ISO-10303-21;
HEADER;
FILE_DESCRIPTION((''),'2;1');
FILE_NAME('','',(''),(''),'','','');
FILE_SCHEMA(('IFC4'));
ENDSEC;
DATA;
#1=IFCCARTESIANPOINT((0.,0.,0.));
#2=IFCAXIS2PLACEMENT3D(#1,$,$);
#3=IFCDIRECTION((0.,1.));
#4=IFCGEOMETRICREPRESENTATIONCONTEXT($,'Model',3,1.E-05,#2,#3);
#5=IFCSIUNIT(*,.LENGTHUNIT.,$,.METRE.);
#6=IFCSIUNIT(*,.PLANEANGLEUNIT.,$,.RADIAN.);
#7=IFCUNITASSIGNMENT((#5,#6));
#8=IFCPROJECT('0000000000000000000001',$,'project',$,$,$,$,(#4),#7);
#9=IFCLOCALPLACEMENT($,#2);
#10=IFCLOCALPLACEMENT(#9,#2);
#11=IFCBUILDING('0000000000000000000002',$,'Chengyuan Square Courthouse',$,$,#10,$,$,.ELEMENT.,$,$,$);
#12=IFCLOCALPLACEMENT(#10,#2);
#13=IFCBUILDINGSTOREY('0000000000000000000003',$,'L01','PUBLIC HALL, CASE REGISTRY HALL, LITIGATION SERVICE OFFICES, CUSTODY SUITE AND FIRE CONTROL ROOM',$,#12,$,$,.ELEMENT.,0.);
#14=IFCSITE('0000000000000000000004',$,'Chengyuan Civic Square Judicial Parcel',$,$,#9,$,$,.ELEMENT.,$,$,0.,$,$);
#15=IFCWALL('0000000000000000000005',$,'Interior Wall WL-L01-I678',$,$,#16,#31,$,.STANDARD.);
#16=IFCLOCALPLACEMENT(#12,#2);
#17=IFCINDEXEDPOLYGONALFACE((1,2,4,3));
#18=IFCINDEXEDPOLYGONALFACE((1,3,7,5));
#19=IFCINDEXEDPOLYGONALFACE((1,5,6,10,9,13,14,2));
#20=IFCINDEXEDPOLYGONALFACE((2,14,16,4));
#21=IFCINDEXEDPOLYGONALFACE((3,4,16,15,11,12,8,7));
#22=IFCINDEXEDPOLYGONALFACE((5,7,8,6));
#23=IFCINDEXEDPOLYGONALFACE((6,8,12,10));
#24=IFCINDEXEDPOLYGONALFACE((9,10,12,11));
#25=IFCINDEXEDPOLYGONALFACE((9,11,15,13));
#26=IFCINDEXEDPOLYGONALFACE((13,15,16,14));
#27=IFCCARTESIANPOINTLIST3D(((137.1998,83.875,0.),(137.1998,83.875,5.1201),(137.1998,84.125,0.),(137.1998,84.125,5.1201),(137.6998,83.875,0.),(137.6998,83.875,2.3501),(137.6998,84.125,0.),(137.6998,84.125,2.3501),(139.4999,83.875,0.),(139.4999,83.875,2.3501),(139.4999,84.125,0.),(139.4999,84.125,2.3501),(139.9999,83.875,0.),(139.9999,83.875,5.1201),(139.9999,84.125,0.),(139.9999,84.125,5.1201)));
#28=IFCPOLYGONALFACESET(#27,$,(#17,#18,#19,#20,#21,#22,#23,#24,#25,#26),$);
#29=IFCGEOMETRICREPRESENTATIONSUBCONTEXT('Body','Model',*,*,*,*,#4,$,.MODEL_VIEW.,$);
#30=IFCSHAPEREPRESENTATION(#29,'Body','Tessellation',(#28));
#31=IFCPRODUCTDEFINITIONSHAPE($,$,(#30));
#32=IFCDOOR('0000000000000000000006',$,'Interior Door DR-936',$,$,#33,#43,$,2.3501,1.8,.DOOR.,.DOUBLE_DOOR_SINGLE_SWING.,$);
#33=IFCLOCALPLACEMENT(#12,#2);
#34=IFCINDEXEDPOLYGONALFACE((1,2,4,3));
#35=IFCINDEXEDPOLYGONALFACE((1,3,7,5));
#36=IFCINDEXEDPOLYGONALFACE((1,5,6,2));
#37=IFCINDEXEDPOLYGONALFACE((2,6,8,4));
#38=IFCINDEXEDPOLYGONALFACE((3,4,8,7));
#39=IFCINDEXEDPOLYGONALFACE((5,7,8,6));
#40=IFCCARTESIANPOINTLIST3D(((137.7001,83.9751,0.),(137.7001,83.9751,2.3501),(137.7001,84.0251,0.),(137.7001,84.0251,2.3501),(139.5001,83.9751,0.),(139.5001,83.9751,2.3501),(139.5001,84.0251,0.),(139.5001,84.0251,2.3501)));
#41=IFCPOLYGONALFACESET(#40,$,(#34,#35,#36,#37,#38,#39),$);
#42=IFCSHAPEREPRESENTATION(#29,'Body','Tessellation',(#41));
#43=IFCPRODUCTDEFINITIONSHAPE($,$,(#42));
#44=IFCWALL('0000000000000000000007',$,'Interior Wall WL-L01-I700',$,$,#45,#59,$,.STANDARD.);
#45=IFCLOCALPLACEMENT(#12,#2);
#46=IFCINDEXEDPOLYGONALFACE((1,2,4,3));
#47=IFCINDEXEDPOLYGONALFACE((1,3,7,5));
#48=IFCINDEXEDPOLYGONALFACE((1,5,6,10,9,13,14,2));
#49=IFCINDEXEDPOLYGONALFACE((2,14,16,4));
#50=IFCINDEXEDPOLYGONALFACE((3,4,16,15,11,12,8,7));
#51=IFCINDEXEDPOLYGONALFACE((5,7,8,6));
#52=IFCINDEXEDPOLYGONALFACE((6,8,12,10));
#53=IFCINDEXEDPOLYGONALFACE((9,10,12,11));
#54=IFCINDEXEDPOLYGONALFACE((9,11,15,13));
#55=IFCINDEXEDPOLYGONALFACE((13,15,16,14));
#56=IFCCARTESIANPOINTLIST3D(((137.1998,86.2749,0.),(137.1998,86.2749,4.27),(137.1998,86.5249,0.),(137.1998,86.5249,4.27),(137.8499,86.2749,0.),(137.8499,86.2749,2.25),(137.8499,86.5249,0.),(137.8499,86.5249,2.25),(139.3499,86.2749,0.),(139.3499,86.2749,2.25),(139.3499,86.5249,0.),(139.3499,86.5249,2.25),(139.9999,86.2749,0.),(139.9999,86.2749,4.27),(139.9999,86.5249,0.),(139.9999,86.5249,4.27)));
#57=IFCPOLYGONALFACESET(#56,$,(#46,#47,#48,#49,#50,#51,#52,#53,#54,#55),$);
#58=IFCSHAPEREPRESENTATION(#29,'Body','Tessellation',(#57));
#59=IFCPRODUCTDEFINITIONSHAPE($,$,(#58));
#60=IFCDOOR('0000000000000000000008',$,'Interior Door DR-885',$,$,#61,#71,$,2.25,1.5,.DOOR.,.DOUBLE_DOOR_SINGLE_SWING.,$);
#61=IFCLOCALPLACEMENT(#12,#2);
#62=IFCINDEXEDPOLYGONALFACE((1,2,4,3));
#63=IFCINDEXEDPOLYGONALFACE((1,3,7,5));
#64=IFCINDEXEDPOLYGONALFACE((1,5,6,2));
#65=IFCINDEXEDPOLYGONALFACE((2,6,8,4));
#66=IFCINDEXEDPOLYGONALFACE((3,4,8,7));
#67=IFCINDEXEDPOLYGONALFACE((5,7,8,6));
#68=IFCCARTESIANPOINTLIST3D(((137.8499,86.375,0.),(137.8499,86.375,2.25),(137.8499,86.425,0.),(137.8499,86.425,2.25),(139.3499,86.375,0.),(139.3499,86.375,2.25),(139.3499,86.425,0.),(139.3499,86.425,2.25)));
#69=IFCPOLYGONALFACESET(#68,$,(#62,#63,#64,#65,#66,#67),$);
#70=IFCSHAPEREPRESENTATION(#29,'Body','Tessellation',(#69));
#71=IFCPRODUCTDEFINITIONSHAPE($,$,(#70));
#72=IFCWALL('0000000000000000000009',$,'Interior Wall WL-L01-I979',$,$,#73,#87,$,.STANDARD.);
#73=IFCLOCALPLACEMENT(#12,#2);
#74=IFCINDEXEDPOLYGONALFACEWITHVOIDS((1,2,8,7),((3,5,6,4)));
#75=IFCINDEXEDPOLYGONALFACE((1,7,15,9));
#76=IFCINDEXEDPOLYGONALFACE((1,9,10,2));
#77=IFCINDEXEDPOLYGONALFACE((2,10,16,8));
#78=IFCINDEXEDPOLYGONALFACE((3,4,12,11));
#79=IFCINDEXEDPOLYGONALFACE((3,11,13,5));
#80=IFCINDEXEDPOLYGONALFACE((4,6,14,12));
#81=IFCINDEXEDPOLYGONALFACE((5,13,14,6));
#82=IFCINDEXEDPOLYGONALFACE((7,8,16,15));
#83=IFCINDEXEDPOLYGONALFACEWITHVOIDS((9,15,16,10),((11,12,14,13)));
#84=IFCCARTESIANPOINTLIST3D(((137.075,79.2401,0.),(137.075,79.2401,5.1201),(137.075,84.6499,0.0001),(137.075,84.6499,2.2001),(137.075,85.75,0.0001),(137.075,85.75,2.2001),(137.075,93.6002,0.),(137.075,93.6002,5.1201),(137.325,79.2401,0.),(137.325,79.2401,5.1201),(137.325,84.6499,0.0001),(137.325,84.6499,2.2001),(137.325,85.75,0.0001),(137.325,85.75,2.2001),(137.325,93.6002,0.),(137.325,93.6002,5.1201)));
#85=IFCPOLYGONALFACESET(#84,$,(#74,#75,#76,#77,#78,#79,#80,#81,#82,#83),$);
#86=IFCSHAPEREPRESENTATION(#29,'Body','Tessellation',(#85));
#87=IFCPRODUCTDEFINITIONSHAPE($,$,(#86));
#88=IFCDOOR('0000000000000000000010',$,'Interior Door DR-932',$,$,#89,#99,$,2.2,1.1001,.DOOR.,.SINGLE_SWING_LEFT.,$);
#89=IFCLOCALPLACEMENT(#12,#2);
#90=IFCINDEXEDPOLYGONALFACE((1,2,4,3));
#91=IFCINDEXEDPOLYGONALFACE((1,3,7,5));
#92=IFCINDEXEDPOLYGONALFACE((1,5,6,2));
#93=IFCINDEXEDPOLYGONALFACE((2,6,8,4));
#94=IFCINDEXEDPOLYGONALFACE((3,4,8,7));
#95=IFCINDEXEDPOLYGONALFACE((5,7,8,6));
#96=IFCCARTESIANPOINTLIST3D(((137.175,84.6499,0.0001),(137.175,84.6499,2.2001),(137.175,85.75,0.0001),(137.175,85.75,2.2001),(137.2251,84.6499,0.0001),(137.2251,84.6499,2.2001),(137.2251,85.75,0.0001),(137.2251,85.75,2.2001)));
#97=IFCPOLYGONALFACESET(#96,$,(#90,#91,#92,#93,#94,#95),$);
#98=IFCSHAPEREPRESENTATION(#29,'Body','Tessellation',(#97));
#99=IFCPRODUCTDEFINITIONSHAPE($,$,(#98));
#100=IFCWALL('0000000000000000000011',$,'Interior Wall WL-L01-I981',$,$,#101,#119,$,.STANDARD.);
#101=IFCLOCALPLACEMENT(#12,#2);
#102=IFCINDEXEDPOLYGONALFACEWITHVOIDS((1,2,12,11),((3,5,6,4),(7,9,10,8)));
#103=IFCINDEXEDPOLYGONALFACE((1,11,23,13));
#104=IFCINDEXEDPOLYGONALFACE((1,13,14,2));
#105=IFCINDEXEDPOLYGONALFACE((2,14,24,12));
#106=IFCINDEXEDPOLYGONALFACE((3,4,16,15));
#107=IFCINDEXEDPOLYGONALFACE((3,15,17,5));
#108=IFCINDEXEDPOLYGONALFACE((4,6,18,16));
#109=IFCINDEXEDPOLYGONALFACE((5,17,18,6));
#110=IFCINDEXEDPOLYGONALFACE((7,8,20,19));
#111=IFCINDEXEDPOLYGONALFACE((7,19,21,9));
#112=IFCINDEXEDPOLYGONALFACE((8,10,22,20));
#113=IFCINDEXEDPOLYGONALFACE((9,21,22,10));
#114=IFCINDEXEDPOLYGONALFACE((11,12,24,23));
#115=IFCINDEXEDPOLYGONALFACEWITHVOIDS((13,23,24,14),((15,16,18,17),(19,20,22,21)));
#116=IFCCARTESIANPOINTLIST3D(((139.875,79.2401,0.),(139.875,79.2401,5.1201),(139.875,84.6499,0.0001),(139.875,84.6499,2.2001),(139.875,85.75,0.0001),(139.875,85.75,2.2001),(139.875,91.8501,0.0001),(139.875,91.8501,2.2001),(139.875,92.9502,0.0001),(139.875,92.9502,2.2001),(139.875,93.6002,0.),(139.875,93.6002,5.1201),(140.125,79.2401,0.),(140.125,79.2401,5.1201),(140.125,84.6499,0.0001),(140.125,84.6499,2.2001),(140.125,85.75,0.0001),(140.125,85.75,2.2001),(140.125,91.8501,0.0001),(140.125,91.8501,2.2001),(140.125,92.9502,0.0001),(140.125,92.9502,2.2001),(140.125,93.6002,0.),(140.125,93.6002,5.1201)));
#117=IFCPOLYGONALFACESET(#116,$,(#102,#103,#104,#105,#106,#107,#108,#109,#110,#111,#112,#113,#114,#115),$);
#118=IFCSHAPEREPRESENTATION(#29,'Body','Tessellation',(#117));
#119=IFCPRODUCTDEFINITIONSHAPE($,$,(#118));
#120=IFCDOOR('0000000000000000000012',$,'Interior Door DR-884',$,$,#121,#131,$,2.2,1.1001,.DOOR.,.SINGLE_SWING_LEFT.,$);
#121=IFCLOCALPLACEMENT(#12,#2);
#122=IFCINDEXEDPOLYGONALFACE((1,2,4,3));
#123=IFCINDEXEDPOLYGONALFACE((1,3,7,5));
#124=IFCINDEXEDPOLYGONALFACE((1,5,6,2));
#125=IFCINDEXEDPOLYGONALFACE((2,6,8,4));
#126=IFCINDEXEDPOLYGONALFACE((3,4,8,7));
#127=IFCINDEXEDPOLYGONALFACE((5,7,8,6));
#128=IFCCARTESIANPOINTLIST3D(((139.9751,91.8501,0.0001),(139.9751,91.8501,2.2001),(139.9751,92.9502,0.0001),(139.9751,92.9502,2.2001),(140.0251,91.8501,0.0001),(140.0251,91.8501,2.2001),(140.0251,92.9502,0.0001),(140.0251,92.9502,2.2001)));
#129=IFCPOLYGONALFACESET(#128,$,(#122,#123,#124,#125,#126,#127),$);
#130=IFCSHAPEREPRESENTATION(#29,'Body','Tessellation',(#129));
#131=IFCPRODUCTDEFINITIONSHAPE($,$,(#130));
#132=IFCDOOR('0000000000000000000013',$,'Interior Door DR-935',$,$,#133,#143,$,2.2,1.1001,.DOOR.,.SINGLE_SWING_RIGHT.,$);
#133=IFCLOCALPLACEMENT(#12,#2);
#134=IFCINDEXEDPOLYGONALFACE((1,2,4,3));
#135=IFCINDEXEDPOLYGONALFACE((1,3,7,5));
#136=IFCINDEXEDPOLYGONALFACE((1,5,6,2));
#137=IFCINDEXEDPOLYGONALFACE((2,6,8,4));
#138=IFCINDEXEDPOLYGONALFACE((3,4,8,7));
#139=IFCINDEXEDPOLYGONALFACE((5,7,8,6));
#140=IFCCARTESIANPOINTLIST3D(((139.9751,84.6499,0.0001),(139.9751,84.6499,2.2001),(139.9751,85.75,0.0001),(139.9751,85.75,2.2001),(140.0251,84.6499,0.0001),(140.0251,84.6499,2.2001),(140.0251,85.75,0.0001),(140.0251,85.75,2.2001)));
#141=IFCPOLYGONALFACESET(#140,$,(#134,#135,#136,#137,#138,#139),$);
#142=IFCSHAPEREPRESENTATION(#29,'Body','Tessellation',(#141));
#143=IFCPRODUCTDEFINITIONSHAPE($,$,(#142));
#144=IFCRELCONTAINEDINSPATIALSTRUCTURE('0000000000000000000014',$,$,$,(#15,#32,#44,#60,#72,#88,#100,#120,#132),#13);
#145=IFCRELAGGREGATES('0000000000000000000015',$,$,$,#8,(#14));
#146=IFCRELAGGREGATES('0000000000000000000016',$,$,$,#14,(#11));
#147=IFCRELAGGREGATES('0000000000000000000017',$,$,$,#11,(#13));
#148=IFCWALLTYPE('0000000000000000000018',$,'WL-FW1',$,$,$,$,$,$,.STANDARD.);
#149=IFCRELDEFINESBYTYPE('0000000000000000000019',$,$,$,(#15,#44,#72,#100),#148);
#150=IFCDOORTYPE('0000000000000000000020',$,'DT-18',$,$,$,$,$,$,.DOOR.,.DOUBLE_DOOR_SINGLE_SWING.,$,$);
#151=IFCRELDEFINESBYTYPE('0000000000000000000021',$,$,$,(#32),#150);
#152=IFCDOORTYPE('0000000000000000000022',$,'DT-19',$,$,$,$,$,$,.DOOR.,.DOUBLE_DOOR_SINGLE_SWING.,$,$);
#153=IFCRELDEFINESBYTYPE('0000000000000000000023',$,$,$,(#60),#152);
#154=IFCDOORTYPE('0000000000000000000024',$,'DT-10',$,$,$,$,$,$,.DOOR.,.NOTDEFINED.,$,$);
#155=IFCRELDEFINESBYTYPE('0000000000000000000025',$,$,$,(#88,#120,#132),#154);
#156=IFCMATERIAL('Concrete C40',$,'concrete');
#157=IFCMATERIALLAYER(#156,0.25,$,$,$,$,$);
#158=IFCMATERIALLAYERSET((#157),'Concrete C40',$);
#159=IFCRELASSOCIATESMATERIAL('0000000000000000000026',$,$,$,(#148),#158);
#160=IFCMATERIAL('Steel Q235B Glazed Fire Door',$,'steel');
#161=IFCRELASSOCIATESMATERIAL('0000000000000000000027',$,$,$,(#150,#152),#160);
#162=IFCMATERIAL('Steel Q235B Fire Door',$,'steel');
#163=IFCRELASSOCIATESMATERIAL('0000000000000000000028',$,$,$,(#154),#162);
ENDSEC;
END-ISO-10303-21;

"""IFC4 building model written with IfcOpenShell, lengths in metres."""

from ifc_helpers import new_model, si_unit, direction, frame, frame_2d, origin, place, context, subcontext, project, spatial, rectangle, extrude, material, layer, layer_set, type_object, element, fill, save


model = new_model("IFC4")

# Units and contexts
model_context = context("Model", 3, precision=1e-05, world=origin(), true_north=direction((0.0, 1.0)))
body_context = subcontext(model_context, "Body", "Model", "MODEL_VIEW")
ifc_project = project(units=[si_unit("LENGTHUNIT", "METRE"), si_unit("PLANEANGLEUNIT", "RADIAN")], contexts=[model_context])

# Site, building, storey
site_placement = place(None, origin())
site = spatial("IfcSite", under=ifc_project, at=site_placement, Name="Chengyuan Civic Square Judicial Parcel", CompositionType="ELEMENT", RefElevation=0.0)
building_placement = place(site_placement, origin())
building = spatial("IfcBuilding", under=site, at=building_placement, Name="Chengyuan Square Courthouse", CompositionType="ELEMENT")
storey_placement = place(building_placement, origin())
storey = spatial("IfcBuildingStorey", under=building, at=storey_placement, Name="L01", Description="PUBLIC HALL, CASE REGISTRY HALL, LITIGATION SERVICE OFFICES, CUSTODY SUITE AND FIRE CONTROL ROOM", CompositionType="ELEMENT", Elevation=0.0)

# Shared definitions
ifc_material_1 = material(Name="Concrete C40", Category="concrete")

# Walls, openings, doors
ifc_layer_1 = layer(ifc_material_1, 0.25)
ifc_layer_set_1 = layer_set([ifc_layer_1], Name="Concrete C40")
wall_type_1 = type_object("IfcWallType", Name="WL-FW1", PredefinedType="STANDARD", material=ifc_layer_set_1)
wall_1_placement = place(storey_placement, frame((137.2, 84.0, 0.0), z_axis=(0.0, 0.0, 1.0), x_axis=(1.0, 0.0, 0.0)))
wall_1 = element("IfcWall", 1, at=wall_1_placement, inside=storey, type_object=wall_type_1, Name="Interior Wall WL-L01-I678", PredefinedType="STANDARD", context=body_context, shape_type="SweptSolid", body=[
    extrude(rectangle(XDim=2.8, YDim=0.25, at=frame_2d((1.3999, 0.0))), origin(), (0.0, 0.0, 1.0), 5.1201),
])
opening_1_placement = place(wall_1_placement, frame((0.5, 0.0, 0.0)))
opening_1 = element("IfcOpeningElement", 2, at=opening_1_placement, cuts=wall_1, PredefinedType="OPENING", context=body_context, shape_type="SweptSolid", body=[
    extrude(rectangle(XDim=1.8, YDim=2.3501, at=frame_2d((0.8999, 1.175))), frame((0.0, 0.137, 0.0), z_axis=(0.0, -1.0, 0.0), x_axis=(1.0, 0.0, 0.0)), (0.0, 0.0, 1.0), 0.2739),
])
ifc_material_2 = material(Name="Steel Q235B Glazed Fire Door", Category="steel")
door_type_1 = type_object("IfcDoorType", Name="DT-18", OperationType="DOUBLE_DOOR_SINGLE_SWING", PredefinedType="DOOR", material=ifc_material_2)
door_1_placement = place(opening_1_placement, frame((1.8, 0.0, 0.0), z_axis=(0.0, 0.0, 1.0), x_axis=(-1.0, 0.0, 0.0)))
door_1 = element("IfcDoor", 3, at=door_1_placement, inside=storey, type_object=door_type_1, Name="Interior Door DR-936", OperationType="DOUBLE_DOOR_SINGLE_SWING", OverallHeight=2.3501, OverallWidth=1.8, PredefinedType="DOOR", context=body_context, shape_type="SweptSolid", body=[
    extrude(rectangle(XDim=1.8, YDim=2.3501, at=frame_2d((0.8999, 1.175))), frame((0.0, 0.0249, 0.0), z_axis=(0.0, -1.0, 0.0), x_axis=(1.0, 0.0, 0.0)), (0.0, 0.0, 1.0), 0.05),
])
fill(opening_1, door_1)
wall_2_placement = place(storey_placement, frame((137.2, 86.3999, 0.0), z_axis=(0.0, 0.0, 1.0), x_axis=(1.0, 0.0, 0.0)))
wall_2 = element("IfcWall", 4, at=wall_2_placement, inside=storey, type_object=wall_type_1, Name="Interior Wall WL-L01-I700", PredefinedType="STANDARD", context=body_context, shape_type="SweptSolid", body=[
    extrude(rectangle(XDim=2.8, YDim=0.25, at=frame_2d((1.3999, 0.0))), origin(), (0.0, 0.0, 1.0), 4.27),
])
opening_2_placement = place(wall_2_placement, frame((0.6499, 0.0, 0.0)))
opening_2 = element("IfcOpeningElement", 5, at=opening_2_placement, cuts=wall_2, PredefinedType="OPENING", context=body_context, shape_type="SweptSolid", body=[
    extrude(rectangle(XDim=1.5, YDim=2.25, at=frame_2d((0.75, 1.125))), frame((0.0, 0.137, 0.0), z_axis=(0.0, -1.0, 0.0), x_axis=(1.0, 0.0, 0.0)), (0.0, 0.0, 1.0), 0.2739),
])
door_type_2 = type_object("IfcDoorType", Name="DT-19", OperationType="DOUBLE_DOOR_SINGLE_SWING", PredefinedType="DOOR", material=ifc_material_2)
door_2_placement = place(opening_2_placement, frame((1.5, 0.0, 0.0), z_axis=(0.0, 0.0, 1.0), x_axis=(-1.0, 0.0, 0.0)))
door_2 = element("IfcDoor", 6, at=door_2_placement, inside=storey, type_object=door_type_2, Name="Interior Door DR-885", OperationType="DOUBLE_DOOR_SINGLE_SWING", OverallHeight=2.25, OverallWidth=1.5, PredefinedType="DOOR", context=body_context, shape_type="SweptSolid", body=[
    extrude(rectangle(XDim=1.5, YDim=2.25, at=frame_2d((0.75, 1.125))), frame((0.0, 0.0249, 0.0), z_axis=(0.0, -1.0, 0.0), x_axis=(1.0, 0.0, 0.0)), (0.0, 0.0, 1.0), 0.05),
])
fill(opening_2, door_2)
wall_3_placement = place(storey_placement, frame((137.2, 79.24, 0.0), z_axis=(0.0, 0.0, 1.0), x_axis=(0.0, 1.0, 0.0)))
wall_3 = element("IfcWall", 7, at=wall_3_placement, inside=storey, type_object=wall_type_1, Name="Interior Wall WL-L01-I979", PredefinedType="STANDARD", context=body_context, shape_type="SweptSolid", body=[
    extrude(rectangle(XDim=14.3601, YDim=0.25, at=frame_2d((7.1802, 0.0))), origin(), (0.0, 0.0, 1.0), 5.1201),
])
opening_3_placement = place(wall_3_placement, frame((5.4099, 0.0, 0.0)))
opening_3 = element("IfcOpeningElement", 8, at=opening_3_placement, cuts=wall_3, PredefinedType="OPENING", context=body_context, shape_type="SweptSolid", body=[
    extrude(rectangle(XDim=1.1001, YDim=2.2, at=frame_2d((0.55, 1.1001))), frame((0.0, 0.137, 0.0), z_axis=(0.0, -1.0, 0.0), x_axis=(1.0, 0.0, 0.0)), (0.0, 0.0, 1.0), 0.2739),
])
ifc_material_3 = material(Name="Steel Q235B Fire Door", Category="steel")
door_type_3 = type_object("IfcDoorType", Name="DT-10", OperationType="NOTDEFINED", PredefinedType="DOOR", material=ifc_material_3)
door_3_placement = place(opening_3_placement, origin())
door_3 = element("IfcDoor", 9, at=door_3_placement, inside=storey, type_object=door_type_3, Name="Interior Door DR-932", OperationType="SINGLE_SWING_LEFT", OverallHeight=2.2, OverallWidth=1.1001, PredefinedType="DOOR", context=body_context, shape_type="SweptSolid", body=[
    extrude(rectangle(XDim=1.1001, YDim=2.2, at=frame_2d((0.55, 1.1001))), frame((0.0, 0.0249, 0.0), z_axis=(0.0, -1.0, 0.0), x_axis=(1.0, 0.0, 0.0)), (0.0, 0.0, 1.0), 0.05),
])
fill(opening_3, door_3)

# Wall, openings, doors
wall_4_placement = place(storey_placement, frame((140.0, 79.24, 0.0), z_axis=(0.0, 0.0, 1.0), x_axis=(0.0, 1.0, 0.0)))
wall_4 = element("IfcWall", 10, at=wall_4_placement, inside=storey, type_object=wall_type_1, Name="Interior Wall WL-L01-I981", PredefinedType="STANDARD", context=body_context, shape_type="SweptSolid", body=[
    extrude(rectangle(XDim=14.3601, YDim=0.25, at=frame_2d((7.1802, 0.0))), origin(), (0.0, 0.0, 1.0), 5.1201),
])
opening_4_placement = place(wall_4_placement, frame((12.6101, 0.0, 0.0)))
opening_4 = element("IfcOpeningElement", 11, at=opening_4_placement, cuts=wall_4, PredefinedType="OPENING", context=body_context, shape_type="SweptSolid", body=[
    extrude(rectangle(XDim=1.1001, YDim=2.2, at=frame_2d((0.55, 1.1001))), frame((0.0, 0.137, 0.0), z_axis=(0.0, -1.0, 0.0), x_axis=(1.0, 0.0, 0.0)), (0.0, 0.0, 1.0), 0.2739),
])
opening_5_placement = place(wall_4_placement, frame((5.4099, 0.0, 0.0)))
opening_5 = element("IfcOpeningElement", 12, at=opening_5_placement, cuts=wall_4, PredefinedType="OPENING", context=body_context, shape_type="SweptSolid", body=[
    extrude(rectangle(XDim=1.1001, YDim=2.2, at=frame_2d((0.55, 1.1001))), frame((0.0, 0.137, 0.0), z_axis=(0.0, -1.0, 0.0), x_axis=(1.0, 0.0, 0.0)), (0.0, 0.0, 1.0), 0.2739),
])
door_4_placement = place(opening_4_placement, origin())
door_4 = element("IfcDoor", 13, at=door_4_placement, inside=storey, type_object=door_type_3, Name="Interior Door DR-884", OperationType="SINGLE_SWING_LEFT", OverallHeight=2.2, OverallWidth=1.1001, PredefinedType="DOOR", context=body_context, shape_type="SweptSolid", body=[
    extrude(rectangle(XDim=1.1001, YDim=2.2, at=frame_2d((0.55, 1.1001))), frame((0.0, 0.0249, 0.0), z_axis=(0.0, -1.0, 0.0), x_axis=(1.0, 0.0, 0.0)), (0.0, 0.0, 1.0), 0.05),
])
fill(opening_4, door_4)
door_5_placement = place(opening_5_placement, origin())
door_5 = element("IfcDoor", 14, at=door_5_placement, inside=storey, type_object=door_type_3, Name="Interior Door DR-935", OperationType="SINGLE_SWING_RIGHT", OverallHeight=2.2, OverallWidth=1.1001, PredefinedType="DOOR", context=body_context, shape_type="SweptSolid", body=[
    extrude(rectangle(XDim=1.1001, YDim=2.2, at=frame_2d((0.55, 1.1001))), frame((0.0, 0.0249, 0.0), z_axis=(0.0, -1.0, 0.0), x_axis=(1.0, 0.0, 0.0)), (0.0, 0.0, 1.0), 0.05),
])
fill(opening_5, door_5)

save(model, "model.ifc")
